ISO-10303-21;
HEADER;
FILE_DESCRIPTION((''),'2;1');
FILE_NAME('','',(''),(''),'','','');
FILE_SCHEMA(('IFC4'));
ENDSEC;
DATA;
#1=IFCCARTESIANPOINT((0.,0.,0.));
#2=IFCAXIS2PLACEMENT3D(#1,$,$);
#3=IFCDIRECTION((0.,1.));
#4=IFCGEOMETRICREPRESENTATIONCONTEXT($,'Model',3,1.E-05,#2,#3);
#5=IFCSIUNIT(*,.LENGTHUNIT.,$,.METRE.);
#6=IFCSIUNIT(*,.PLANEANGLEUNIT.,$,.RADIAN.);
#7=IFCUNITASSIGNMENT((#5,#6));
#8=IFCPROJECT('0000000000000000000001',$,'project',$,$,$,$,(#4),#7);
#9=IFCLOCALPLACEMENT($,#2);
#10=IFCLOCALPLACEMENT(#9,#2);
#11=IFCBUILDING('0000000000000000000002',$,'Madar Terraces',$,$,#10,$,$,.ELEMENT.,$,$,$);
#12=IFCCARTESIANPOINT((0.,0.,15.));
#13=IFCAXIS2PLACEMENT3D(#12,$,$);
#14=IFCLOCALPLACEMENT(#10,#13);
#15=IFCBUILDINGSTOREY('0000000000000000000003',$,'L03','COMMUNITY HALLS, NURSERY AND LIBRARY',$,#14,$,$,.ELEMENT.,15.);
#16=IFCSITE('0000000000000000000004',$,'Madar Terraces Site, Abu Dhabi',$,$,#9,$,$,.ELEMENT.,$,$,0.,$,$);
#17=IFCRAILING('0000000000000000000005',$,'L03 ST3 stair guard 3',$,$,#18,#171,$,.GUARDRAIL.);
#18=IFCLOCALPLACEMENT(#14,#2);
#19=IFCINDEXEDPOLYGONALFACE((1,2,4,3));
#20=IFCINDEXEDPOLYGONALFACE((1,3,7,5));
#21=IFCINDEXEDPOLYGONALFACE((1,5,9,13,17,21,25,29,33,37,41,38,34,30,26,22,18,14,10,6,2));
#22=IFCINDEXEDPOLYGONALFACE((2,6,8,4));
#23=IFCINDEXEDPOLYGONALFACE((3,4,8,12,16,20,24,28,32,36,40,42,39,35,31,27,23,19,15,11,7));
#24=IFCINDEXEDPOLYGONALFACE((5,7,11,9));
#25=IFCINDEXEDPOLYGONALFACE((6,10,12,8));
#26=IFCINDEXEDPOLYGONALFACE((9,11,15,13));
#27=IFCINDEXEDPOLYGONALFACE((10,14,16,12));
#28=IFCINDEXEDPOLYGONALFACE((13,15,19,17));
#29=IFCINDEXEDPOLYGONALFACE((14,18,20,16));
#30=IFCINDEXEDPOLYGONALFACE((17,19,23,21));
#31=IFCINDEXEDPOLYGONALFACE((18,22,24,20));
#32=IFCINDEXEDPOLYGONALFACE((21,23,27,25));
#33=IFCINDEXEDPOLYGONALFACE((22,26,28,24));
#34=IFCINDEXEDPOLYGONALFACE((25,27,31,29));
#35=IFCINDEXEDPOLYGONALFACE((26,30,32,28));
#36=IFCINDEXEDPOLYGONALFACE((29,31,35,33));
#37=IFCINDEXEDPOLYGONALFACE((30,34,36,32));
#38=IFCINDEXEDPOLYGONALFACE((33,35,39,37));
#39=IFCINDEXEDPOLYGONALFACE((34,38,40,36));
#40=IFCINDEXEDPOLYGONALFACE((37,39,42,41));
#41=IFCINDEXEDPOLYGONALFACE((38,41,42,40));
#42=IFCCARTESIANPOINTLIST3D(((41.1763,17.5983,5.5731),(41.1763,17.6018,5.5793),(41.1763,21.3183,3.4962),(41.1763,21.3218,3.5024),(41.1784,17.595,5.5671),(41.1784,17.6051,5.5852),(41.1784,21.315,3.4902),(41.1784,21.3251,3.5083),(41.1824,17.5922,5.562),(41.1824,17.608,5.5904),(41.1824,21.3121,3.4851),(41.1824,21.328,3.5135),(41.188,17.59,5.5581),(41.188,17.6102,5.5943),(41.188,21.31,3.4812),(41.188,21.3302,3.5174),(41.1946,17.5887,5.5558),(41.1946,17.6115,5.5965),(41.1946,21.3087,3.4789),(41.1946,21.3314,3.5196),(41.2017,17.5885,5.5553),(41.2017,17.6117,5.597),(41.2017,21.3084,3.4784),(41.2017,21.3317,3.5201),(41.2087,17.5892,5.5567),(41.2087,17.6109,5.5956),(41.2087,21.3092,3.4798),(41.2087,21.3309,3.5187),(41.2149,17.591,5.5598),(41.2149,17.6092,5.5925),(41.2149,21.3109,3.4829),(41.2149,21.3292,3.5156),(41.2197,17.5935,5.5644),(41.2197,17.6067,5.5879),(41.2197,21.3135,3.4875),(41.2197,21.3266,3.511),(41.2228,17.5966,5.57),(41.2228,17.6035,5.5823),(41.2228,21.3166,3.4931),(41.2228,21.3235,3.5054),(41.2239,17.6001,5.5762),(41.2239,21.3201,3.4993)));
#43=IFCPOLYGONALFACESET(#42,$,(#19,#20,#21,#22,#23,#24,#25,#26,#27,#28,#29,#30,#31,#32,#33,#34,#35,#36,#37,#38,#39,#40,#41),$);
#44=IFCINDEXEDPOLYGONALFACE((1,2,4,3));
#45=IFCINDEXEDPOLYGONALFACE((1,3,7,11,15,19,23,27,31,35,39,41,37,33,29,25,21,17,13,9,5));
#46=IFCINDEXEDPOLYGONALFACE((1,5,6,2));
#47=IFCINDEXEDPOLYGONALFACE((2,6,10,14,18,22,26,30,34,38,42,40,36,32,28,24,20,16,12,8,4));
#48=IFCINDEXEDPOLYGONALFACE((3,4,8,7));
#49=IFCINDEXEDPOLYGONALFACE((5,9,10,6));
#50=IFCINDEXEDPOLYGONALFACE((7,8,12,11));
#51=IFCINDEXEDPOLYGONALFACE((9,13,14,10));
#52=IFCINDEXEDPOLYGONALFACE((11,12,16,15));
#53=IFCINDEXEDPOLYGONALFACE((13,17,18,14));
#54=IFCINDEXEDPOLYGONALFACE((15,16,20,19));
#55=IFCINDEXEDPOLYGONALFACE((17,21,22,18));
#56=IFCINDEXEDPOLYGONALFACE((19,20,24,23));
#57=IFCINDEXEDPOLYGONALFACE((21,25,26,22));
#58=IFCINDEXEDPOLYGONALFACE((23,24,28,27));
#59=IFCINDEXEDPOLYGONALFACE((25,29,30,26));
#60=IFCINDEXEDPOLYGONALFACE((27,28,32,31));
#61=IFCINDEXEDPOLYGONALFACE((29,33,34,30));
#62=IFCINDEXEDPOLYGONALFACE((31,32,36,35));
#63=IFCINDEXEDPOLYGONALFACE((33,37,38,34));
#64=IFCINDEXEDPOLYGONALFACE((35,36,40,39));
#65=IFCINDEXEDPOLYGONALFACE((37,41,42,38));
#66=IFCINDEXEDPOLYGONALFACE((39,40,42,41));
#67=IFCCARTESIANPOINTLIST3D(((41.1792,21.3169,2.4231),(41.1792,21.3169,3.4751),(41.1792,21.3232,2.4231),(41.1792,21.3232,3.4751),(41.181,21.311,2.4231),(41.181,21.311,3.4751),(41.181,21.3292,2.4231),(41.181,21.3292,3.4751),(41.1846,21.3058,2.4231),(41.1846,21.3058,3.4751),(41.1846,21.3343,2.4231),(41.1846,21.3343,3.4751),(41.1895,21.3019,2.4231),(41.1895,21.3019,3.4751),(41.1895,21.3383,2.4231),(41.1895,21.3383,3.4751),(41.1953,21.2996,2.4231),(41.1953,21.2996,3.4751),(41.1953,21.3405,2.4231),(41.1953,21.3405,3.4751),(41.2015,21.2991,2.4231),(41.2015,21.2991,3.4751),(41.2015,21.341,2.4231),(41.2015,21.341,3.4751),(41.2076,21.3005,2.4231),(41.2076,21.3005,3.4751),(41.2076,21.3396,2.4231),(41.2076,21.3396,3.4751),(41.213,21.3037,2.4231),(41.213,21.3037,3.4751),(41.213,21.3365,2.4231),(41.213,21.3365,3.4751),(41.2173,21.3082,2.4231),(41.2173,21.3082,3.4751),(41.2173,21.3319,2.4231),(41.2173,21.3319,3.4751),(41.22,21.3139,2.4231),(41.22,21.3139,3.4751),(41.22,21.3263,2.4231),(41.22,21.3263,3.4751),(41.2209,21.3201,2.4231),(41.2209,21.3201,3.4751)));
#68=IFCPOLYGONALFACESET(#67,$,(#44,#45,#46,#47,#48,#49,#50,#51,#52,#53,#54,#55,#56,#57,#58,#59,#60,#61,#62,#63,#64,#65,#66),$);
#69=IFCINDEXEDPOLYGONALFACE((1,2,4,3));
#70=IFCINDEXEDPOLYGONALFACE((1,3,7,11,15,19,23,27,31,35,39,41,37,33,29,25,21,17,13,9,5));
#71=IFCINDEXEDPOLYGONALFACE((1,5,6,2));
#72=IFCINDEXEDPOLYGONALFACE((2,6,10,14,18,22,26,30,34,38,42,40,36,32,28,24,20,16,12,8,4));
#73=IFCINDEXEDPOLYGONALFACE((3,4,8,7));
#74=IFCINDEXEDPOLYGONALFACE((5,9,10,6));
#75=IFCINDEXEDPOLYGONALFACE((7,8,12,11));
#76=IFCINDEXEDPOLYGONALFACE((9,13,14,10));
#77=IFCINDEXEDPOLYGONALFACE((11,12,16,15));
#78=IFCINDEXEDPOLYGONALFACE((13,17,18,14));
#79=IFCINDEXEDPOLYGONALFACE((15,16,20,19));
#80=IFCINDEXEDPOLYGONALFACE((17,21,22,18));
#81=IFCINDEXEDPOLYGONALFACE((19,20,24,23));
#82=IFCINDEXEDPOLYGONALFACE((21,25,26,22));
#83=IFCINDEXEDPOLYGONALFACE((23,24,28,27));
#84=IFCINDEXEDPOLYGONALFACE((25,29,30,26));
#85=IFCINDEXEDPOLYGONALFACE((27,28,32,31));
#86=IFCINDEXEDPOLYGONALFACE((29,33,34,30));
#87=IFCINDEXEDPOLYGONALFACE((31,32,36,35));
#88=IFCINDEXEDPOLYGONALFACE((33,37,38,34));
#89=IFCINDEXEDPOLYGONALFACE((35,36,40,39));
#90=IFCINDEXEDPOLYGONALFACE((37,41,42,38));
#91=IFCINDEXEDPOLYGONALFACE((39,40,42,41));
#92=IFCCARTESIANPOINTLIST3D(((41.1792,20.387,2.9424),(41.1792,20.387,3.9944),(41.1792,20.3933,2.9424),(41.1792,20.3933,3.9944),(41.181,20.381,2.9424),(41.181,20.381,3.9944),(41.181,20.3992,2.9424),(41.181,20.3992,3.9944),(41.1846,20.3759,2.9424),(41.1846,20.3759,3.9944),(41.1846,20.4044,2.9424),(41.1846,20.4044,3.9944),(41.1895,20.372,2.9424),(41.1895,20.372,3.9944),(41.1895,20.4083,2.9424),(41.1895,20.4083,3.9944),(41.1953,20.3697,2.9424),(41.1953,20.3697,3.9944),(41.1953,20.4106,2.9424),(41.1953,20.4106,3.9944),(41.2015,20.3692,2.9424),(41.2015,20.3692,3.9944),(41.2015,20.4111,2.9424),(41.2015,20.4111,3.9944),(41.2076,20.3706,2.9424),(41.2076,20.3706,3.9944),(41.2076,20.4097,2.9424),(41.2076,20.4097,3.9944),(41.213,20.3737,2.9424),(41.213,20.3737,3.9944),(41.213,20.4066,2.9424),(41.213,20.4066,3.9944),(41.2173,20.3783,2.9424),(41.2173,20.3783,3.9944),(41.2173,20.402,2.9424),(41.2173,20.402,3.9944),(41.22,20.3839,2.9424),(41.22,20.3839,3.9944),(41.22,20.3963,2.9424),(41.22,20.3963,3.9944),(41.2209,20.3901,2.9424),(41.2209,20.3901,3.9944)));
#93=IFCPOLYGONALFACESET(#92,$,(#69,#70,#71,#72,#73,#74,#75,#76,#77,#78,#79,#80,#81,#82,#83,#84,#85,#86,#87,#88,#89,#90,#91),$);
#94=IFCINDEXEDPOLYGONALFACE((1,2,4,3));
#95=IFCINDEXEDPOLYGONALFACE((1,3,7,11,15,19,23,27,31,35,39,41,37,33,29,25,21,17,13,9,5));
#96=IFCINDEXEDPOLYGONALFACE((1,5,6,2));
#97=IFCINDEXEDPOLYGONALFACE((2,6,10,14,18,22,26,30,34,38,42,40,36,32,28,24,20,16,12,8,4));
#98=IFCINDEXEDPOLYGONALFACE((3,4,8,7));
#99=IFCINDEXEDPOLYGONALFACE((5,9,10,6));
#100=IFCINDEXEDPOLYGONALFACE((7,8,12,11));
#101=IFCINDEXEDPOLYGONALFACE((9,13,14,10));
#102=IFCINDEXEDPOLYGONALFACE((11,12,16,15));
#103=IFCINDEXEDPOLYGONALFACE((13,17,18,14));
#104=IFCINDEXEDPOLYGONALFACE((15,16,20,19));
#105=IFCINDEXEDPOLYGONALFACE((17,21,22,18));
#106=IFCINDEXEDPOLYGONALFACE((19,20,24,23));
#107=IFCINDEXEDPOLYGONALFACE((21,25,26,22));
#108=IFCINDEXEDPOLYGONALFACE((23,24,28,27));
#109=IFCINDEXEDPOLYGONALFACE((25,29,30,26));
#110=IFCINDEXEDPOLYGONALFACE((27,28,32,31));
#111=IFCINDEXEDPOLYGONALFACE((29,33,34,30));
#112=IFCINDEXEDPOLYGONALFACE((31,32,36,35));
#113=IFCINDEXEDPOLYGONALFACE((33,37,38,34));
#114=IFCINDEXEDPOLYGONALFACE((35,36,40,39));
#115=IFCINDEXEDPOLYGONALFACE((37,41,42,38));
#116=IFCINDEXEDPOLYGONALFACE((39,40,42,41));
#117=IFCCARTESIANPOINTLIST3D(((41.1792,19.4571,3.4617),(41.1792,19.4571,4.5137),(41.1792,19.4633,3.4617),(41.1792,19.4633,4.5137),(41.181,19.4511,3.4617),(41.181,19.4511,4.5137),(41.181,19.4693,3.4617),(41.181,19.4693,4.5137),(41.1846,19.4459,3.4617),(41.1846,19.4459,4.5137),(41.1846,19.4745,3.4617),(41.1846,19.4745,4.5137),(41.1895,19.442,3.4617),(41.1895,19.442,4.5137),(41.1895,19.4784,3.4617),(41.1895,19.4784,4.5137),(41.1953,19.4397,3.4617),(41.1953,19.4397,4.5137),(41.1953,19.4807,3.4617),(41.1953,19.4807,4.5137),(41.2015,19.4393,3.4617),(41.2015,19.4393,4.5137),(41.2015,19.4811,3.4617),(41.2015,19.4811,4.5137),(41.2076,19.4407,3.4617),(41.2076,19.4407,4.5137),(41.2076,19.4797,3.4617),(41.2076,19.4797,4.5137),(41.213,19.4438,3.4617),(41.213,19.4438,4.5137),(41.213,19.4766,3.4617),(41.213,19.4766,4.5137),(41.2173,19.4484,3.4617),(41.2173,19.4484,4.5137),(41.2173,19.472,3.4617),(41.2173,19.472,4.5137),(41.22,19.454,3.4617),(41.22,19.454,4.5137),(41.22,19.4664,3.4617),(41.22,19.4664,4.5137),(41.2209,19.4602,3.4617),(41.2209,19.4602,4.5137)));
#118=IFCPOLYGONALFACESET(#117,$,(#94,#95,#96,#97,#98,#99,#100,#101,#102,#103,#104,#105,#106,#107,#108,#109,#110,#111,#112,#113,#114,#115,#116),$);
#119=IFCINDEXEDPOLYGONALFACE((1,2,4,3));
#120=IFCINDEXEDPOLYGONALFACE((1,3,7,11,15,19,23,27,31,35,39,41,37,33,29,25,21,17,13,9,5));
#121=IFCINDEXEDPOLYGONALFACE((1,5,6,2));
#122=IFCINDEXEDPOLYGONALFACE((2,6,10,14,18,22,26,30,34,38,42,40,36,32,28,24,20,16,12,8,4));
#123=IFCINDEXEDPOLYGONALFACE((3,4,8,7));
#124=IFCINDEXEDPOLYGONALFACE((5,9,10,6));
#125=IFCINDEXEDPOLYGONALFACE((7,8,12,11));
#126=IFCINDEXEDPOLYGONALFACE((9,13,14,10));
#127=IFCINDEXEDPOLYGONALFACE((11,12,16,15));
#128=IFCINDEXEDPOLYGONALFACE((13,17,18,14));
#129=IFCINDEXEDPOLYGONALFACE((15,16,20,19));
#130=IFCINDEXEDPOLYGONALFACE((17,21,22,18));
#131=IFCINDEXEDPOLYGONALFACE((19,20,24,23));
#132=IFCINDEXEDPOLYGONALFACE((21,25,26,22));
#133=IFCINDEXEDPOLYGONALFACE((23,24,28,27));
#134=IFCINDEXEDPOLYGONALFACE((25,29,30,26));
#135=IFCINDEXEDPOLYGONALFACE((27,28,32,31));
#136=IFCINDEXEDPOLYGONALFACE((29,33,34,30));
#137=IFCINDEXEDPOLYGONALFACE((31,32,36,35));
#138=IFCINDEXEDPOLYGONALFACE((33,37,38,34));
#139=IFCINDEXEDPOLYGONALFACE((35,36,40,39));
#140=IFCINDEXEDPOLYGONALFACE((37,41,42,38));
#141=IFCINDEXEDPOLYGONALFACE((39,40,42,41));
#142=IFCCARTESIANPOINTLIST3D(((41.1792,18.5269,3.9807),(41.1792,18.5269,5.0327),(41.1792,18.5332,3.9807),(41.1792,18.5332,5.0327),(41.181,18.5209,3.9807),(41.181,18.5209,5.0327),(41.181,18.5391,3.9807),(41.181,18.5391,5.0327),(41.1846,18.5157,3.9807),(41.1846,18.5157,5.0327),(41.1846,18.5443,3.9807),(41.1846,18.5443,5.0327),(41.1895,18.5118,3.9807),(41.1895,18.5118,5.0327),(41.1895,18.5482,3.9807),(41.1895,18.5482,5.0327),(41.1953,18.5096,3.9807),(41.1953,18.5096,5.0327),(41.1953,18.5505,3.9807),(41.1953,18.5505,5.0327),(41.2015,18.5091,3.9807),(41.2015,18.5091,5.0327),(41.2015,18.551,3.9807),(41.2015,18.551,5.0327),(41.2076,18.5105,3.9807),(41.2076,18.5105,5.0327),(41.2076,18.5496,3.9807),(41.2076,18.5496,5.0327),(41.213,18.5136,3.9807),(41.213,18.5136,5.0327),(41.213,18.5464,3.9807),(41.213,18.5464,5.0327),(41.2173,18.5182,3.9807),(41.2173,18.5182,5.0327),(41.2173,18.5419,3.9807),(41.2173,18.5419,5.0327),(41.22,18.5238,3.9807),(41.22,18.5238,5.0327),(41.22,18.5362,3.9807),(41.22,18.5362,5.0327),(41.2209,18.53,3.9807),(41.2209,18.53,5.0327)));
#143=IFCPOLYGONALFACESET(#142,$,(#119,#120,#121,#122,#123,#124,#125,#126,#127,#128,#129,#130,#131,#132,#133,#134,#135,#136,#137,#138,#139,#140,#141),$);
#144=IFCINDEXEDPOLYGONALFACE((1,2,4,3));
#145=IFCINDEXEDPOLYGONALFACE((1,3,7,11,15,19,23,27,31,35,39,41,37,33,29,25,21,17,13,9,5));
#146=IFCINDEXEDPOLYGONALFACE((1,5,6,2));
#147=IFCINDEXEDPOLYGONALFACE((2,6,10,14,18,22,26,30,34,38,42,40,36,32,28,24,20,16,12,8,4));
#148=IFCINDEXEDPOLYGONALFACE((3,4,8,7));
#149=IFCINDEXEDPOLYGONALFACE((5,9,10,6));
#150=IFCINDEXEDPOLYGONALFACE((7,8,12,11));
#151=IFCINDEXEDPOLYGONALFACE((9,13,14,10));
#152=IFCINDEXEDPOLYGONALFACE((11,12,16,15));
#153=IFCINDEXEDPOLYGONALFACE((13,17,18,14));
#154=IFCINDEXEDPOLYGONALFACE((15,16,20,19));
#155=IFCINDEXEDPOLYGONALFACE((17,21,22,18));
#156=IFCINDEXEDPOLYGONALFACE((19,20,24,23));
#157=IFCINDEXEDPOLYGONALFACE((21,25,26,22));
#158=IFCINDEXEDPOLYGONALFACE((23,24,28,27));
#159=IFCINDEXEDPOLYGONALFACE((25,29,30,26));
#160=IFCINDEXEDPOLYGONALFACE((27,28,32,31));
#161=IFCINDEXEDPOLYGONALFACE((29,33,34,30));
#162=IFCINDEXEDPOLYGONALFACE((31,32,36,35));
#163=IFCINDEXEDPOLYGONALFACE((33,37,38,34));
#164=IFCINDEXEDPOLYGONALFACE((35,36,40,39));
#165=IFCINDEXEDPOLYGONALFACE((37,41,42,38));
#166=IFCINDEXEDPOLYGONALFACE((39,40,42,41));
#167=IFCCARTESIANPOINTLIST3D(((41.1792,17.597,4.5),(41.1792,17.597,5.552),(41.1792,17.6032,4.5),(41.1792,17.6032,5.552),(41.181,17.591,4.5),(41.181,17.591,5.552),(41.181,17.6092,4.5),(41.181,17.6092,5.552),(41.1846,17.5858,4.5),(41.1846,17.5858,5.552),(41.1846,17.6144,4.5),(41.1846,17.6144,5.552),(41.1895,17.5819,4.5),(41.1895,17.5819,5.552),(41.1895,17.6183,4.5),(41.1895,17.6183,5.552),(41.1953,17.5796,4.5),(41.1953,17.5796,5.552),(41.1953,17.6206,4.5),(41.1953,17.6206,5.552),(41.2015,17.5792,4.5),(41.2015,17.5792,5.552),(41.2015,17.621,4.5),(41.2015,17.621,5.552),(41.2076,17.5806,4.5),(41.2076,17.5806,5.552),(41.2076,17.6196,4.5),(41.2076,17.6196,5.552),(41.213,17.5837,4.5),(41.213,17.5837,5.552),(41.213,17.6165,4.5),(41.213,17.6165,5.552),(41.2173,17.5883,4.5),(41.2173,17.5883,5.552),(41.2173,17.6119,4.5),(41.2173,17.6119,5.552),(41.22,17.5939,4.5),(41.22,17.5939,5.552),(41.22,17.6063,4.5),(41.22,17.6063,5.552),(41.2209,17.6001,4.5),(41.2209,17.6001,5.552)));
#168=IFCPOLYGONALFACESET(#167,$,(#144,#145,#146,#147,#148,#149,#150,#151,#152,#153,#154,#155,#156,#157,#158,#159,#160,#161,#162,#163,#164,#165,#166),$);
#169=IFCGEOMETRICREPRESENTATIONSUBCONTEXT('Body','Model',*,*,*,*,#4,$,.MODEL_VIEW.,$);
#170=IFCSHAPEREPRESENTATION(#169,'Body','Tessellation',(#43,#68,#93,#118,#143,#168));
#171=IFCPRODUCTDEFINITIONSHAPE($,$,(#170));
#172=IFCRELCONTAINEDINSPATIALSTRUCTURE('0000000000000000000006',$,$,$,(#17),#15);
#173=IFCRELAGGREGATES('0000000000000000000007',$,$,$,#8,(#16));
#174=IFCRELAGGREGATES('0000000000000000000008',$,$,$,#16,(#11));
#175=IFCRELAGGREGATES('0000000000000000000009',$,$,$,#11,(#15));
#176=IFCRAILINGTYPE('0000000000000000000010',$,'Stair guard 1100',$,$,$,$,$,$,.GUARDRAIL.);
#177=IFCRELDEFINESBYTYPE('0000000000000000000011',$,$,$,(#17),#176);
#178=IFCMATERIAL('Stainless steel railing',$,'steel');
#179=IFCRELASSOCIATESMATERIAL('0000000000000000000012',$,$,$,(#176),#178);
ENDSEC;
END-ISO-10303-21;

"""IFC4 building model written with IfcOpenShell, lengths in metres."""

from ifc_helpers import new_model, si_unit, direction, frame, origin, origin_2d, place, context, subcontext, project, spatial, circle, extrude, material, type_object, element, save


model = new_model("IFC4")

# Units and contexts
model_context = context("Model", 3, precision=1e-05, world=origin(), true_north=direction((0.0, 1.0)))
body_context = subcontext(model_context, "Body", "Model", "MODEL_VIEW")
ifc_project = project(units=[si_unit("LENGTHUNIT", "METRE"), si_unit("PLANEANGLEUNIT", "RADIAN")], contexts=[model_context])

# Site, building, storey
site_placement = place(None, origin())
site = spatial("IfcSite", under=ifc_project, at=site_placement, Name="Madar Terraces Site, Abu Dhabi", CompositionType="ELEMENT", RefElevation=0.0)
building_placement = place(site_placement, origin())
building = spatial("IfcBuilding", under=site, at=building_placement, Name="Madar Terraces", CompositionType="ELEMENT")
storey_placement = place(building_placement, frame((0.0, 0.0, 15.0)))
storey = spatial("IfcBuildingStorey", under=building, at=storey_placement, Name="L03", Description="COMMUNITY HALLS, NURSERY AND LIBRARY", CompositionType="ELEMENT", Elevation=15.0)

# Railing
ifc_material_1 = material(Name="Stainless steel railing", Category="steel")
railing_type_1 = type_object("IfcRailingType", Name="Stair guard 1100", PredefinedType="GUARDRAIL", material=ifc_material_1)
railing_1_placement = place(storey_placement, frame((41.2, 21.3201, 2.4231)))
element("IfcRailing", 1, at=railing_1_placement, inside=storey, type_object=railing_type_1, Name="L03 ST3 stair guard 3", PredefinedType="GUARDRAIL", context=body_context, shape_type="SweptSolid", body=[
    extrude(circle(Radius=0.0239, at=origin_2d()), frame((0.0, 0.0, 1.0762), z_axis=(0.0, -0.873134, 0.487481), x_axis=(1.0, 0.0, 0.0)), (0.0, 0.0, 1.0), 4.2605),
    extrude(circle(Radius=0.021, at=origin_2d()), origin(), (0.0, 0.0, 1.0), 1.052),
    extrude(circle(Radius=0.021, at=origin_2d()), frame((0.0, -0.9299, 0.5193)), (0.0, 0.0, 1.0), 1.052),
    extrude(circle(Radius=0.021, at=origin_2d()), frame((0.0, -1.8599, 1.0386)), (0.0, 0.0, 1.0), 1.052),
    extrude(circle(Radius=0.021, at=origin_2d()), frame((0.0, -2.79, 1.5576)), (0.0, 0.0, 1.0), 1.052),
    extrude(circle(Radius=0.021, at=origin_2d()), frame((0.0, -3.72, 2.0769)), (0.0, 0.0, 1.0), 1.052),
])

save(model, "model.ifc")
